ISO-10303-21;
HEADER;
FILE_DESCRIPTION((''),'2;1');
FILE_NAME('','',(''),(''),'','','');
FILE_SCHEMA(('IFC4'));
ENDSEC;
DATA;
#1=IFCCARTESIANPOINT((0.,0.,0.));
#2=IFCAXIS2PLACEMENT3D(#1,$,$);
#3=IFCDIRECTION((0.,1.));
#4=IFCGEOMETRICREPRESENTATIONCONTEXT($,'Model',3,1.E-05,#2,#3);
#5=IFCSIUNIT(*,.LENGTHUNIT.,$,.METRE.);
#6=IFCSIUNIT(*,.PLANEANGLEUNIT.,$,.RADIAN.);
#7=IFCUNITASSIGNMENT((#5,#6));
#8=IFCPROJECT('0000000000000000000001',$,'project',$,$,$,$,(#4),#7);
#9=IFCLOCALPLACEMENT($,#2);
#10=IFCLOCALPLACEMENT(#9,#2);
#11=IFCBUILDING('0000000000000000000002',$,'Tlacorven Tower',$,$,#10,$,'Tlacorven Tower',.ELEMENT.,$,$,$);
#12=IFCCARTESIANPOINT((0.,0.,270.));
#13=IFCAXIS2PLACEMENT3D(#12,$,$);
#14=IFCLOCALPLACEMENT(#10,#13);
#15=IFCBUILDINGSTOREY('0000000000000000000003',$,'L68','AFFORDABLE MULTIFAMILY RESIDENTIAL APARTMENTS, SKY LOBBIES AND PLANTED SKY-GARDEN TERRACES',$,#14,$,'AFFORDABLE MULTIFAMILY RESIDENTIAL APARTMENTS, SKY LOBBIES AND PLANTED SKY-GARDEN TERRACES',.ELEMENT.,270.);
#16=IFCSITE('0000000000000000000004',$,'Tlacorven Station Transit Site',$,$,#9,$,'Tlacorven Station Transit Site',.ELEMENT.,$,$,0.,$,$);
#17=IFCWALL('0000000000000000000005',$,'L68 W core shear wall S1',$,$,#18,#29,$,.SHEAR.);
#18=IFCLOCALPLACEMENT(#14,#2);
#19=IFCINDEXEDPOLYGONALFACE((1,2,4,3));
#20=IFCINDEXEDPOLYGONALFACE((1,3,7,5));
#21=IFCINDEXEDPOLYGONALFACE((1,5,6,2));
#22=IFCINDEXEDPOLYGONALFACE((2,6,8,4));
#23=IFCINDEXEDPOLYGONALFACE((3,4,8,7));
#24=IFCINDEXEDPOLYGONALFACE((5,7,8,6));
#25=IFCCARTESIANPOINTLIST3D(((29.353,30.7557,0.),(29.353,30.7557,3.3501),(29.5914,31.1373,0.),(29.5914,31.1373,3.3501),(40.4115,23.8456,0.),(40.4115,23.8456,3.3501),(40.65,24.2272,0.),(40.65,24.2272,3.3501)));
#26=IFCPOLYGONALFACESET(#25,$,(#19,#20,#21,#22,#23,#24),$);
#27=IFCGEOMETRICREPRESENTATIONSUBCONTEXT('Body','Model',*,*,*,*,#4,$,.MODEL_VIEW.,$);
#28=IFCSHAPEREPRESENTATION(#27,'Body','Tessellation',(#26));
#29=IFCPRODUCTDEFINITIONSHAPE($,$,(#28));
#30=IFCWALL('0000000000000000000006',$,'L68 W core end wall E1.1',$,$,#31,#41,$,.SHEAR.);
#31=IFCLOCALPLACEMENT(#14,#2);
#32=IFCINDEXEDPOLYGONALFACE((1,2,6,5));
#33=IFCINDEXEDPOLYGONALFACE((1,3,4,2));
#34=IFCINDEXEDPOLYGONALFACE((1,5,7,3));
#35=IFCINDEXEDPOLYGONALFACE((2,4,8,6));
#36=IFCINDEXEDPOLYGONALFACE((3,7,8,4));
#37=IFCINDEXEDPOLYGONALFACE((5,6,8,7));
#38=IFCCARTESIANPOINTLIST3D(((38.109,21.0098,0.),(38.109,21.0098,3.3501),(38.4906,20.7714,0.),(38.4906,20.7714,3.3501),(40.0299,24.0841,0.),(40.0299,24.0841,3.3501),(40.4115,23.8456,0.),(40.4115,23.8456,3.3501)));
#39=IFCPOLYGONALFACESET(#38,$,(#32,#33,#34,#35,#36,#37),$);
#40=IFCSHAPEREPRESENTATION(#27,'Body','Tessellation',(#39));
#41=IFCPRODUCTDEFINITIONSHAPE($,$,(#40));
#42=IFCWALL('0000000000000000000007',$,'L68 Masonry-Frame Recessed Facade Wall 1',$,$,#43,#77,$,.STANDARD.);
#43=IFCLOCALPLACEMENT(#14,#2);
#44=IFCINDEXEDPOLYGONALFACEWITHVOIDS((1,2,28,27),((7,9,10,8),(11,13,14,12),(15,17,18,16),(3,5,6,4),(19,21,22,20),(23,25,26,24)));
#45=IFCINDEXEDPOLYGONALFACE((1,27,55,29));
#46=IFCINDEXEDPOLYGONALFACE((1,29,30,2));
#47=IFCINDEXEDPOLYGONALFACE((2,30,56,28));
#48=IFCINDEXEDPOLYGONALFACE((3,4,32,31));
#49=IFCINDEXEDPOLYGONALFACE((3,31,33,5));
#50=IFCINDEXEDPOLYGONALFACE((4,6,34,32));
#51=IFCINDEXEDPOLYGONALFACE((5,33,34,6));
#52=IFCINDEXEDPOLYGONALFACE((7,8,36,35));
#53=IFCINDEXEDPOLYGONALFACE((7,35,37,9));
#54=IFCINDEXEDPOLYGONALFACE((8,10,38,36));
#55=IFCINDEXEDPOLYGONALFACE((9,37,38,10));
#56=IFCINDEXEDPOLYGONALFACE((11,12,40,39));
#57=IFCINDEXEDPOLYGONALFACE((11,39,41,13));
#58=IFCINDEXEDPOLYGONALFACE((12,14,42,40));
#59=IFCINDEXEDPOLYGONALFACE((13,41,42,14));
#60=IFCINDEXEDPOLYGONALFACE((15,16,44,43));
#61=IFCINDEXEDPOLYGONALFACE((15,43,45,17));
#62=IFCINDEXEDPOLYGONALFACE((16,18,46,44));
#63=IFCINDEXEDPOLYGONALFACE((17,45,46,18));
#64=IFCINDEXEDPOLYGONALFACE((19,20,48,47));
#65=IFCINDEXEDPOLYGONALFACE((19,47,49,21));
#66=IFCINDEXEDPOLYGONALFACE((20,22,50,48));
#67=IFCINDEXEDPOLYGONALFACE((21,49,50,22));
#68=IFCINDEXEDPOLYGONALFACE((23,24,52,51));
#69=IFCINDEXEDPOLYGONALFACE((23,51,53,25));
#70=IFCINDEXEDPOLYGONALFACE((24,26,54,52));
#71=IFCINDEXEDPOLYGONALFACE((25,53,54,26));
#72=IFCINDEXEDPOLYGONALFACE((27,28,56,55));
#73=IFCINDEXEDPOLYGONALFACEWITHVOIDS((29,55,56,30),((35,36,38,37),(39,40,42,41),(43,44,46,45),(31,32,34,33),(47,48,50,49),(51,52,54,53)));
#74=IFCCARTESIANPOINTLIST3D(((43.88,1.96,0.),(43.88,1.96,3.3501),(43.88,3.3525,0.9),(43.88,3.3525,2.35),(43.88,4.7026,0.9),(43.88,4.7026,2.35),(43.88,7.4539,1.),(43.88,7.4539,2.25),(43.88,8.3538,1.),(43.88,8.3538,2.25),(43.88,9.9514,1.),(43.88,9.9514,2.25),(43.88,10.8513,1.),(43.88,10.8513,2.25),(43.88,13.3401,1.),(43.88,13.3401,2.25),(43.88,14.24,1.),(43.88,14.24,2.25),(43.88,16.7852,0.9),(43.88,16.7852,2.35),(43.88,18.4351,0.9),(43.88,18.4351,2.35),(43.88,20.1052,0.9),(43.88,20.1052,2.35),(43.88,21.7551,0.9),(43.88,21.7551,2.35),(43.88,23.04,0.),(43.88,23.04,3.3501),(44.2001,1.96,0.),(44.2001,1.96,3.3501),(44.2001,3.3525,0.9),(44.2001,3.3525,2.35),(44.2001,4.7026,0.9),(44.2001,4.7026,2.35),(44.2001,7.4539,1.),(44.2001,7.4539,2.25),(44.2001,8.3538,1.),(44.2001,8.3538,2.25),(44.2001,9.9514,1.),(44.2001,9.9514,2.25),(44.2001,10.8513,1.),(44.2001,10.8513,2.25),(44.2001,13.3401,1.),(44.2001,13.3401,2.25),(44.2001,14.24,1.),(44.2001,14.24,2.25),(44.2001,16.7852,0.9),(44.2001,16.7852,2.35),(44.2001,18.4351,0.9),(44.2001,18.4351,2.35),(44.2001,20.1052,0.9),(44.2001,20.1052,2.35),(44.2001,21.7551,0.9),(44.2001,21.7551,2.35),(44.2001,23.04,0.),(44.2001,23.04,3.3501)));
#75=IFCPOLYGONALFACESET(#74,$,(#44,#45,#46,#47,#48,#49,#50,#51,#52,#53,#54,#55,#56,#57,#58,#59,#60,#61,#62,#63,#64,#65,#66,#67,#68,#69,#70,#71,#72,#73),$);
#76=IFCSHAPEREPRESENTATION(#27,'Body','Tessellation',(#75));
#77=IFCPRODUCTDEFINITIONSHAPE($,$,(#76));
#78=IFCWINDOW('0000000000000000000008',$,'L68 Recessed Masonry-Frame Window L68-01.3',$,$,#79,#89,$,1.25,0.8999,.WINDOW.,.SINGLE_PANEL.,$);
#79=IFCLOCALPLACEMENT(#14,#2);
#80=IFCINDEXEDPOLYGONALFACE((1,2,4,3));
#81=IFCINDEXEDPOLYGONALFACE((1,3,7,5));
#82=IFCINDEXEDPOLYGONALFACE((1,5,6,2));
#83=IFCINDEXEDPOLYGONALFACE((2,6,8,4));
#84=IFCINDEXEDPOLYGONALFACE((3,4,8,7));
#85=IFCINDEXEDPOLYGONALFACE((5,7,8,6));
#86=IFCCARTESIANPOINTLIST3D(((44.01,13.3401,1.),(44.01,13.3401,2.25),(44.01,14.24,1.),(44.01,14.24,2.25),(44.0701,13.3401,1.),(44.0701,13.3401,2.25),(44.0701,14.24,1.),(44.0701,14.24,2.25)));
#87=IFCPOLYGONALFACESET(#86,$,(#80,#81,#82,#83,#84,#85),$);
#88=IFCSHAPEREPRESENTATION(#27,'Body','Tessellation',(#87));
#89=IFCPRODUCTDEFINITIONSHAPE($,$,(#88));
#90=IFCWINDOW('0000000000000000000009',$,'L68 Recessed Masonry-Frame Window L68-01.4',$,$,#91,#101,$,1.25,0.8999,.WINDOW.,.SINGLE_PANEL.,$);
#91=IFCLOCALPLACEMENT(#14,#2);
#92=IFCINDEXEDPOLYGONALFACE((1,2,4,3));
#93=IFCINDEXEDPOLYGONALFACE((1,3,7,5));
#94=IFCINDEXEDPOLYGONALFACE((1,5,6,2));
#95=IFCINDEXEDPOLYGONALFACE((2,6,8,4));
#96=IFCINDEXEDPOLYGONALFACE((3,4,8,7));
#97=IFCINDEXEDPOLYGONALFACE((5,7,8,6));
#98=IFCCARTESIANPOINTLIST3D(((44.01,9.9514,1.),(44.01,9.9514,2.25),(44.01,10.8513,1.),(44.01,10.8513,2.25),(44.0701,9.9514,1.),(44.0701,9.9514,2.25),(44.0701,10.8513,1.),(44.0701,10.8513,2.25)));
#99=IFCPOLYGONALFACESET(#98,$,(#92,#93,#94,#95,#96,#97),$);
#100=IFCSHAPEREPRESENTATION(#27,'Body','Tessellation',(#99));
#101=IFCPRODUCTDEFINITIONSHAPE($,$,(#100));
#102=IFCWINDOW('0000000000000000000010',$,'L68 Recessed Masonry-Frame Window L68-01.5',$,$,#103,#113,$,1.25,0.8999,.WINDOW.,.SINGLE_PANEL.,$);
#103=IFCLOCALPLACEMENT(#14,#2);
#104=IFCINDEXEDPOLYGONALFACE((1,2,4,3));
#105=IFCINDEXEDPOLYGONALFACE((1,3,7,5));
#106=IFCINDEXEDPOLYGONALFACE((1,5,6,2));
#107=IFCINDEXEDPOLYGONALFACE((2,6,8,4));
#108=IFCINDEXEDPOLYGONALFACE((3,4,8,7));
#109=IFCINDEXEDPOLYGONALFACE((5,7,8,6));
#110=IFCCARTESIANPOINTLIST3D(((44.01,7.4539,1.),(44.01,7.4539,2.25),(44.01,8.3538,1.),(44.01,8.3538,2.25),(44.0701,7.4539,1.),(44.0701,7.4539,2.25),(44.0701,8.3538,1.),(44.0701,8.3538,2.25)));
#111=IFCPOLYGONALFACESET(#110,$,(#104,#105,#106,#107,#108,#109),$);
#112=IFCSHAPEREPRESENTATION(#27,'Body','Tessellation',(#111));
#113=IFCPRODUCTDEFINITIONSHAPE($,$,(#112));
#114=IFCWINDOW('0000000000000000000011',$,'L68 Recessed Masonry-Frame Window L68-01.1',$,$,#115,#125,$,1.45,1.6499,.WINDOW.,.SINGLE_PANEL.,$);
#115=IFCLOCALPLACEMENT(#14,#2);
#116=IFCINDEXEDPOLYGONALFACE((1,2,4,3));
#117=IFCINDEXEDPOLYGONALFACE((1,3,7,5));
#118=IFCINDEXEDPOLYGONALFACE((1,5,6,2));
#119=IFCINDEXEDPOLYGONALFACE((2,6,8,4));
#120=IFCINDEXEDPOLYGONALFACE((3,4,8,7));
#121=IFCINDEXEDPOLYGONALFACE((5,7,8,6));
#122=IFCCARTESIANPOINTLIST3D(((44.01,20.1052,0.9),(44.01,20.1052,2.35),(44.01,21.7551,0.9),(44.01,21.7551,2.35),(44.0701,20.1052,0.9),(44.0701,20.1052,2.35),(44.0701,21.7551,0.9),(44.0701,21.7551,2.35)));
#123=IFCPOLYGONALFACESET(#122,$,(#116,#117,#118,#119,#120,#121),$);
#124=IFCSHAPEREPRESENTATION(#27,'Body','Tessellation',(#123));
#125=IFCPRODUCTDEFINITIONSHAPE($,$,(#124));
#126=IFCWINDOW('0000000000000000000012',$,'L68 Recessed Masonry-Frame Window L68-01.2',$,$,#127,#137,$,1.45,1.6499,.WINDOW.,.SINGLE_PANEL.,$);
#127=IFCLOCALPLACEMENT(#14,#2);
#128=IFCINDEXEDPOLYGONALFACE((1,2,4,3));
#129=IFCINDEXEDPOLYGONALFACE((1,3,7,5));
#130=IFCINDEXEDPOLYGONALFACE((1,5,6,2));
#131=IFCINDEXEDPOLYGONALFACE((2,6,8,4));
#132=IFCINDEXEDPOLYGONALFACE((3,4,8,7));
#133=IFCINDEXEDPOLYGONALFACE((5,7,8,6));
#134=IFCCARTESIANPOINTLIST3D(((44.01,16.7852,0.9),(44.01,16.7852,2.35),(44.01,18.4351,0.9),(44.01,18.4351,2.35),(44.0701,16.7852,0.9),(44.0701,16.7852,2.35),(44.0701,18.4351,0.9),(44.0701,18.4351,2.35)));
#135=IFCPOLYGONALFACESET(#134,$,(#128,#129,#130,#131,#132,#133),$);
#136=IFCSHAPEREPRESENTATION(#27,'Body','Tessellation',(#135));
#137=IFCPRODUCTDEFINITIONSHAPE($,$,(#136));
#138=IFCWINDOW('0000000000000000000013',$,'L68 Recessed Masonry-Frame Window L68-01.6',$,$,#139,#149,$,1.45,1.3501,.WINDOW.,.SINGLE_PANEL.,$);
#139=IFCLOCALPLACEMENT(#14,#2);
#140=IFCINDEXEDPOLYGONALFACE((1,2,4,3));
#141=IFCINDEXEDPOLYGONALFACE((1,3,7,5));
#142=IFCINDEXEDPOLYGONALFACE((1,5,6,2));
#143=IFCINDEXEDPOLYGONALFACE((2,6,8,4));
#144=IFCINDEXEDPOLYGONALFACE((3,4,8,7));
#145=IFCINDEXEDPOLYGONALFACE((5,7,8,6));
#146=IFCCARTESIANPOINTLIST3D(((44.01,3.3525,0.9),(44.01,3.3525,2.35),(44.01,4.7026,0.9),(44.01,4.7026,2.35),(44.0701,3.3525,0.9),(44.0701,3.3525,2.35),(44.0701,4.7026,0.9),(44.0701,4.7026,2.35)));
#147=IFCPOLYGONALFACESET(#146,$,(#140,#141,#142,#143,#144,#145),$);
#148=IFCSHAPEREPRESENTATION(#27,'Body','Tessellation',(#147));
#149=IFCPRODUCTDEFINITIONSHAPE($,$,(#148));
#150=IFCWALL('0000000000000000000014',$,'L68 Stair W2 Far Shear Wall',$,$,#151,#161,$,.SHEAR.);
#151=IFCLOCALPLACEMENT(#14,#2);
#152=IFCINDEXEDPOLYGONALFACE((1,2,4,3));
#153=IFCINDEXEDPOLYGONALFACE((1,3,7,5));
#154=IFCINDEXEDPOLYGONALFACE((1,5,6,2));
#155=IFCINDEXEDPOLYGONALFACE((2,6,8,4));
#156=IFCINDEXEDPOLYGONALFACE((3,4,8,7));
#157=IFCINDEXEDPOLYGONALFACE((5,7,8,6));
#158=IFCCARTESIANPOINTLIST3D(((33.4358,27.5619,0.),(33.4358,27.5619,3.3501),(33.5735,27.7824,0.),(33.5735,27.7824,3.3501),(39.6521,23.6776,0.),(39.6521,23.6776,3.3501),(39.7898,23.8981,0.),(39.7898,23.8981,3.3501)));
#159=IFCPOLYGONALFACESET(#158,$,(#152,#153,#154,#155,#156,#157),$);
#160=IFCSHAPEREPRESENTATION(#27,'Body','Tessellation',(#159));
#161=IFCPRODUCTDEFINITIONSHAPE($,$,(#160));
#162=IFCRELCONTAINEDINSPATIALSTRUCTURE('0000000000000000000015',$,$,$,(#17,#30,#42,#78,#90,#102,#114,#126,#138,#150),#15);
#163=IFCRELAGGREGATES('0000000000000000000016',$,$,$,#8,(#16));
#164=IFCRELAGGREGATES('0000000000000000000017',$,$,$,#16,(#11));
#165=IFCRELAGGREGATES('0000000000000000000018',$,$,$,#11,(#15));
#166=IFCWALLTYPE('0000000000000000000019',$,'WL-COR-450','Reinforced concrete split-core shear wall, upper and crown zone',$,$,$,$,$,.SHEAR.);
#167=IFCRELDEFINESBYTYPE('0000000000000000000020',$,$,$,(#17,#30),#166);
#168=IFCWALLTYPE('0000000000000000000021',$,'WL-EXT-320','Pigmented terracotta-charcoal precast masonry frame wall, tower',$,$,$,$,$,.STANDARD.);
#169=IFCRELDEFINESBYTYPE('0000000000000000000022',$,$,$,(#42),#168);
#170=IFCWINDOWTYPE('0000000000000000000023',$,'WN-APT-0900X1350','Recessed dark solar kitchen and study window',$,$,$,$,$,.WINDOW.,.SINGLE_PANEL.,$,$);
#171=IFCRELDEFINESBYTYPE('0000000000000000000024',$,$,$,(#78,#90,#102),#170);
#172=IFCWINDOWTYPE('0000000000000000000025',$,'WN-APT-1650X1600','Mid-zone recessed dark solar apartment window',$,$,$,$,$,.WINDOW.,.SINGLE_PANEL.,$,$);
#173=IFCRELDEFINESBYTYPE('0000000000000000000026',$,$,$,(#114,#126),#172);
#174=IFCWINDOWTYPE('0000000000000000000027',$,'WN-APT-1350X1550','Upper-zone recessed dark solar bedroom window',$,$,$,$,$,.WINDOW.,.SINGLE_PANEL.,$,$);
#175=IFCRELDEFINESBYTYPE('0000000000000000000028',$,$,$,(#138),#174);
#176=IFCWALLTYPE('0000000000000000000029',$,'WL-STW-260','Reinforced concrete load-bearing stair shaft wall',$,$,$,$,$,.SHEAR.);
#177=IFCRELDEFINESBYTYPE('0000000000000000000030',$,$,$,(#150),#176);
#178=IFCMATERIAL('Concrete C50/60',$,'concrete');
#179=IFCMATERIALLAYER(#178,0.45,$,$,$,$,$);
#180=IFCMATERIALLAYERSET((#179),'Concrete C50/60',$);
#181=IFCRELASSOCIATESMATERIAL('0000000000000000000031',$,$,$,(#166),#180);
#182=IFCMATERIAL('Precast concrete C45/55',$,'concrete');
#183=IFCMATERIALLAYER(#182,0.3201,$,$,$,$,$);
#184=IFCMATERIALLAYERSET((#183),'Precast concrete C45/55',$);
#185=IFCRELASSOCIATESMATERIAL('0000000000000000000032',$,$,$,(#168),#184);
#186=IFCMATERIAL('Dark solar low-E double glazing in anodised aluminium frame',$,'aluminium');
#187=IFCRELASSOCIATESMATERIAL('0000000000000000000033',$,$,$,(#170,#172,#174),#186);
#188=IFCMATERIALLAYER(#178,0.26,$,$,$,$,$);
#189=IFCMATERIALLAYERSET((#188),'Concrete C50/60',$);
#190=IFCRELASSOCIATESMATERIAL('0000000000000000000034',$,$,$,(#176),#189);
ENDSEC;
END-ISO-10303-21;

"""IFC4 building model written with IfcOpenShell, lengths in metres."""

from ifc_helpers import new_model, si_unit, direction, frame, frame_2d, origin, place, context, subcontext, project, spatial, rectangle, extrude, source, transform, mapped, material, layer, layer_set, type_object, element, fill, save


model = new_model("IFC4")

# Units and contexts
model_context = context("Model", 3, precision=1e-05, world=origin(), true_north=direction((0.0, 1.0)))
body_context = subcontext(model_context, "Body", "Model", "MODEL_VIEW")
ifc_project = project(units=[si_unit("LENGTHUNIT", "METRE"), si_unit("PLANEANGLEUNIT", "RADIAN")], contexts=[model_context])

# Site, building, storey
site_placement = place(None, origin())
site = spatial("IfcSite", under=ifc_project, at=site_placement, Name="Tlacorven Station Transit Site", LongName="Tlacorven Station Transit Site", CompositionType="ELEMENT", RefElevation=0.0)
building_placement = place(site_placement, origin())
building = spatial("IfcBuilding", under=site, at=building_placement, Name="Tlacorven Tower", LongName="Tlacorven Tower", CompositionType="ELEMENT")
storey_placement = place(building_placement, frame((0.0, 0.0, 270.0)))
storey = spatial("IfcBuildingStorey", under=building, at=storey_placement, Name="L68", Description="AFFORDABLE MULTIFAMILY RESIDENTIAL APARTMENTS, SKY LOBBIES AND PLANTED SKY-GARDEN TERRACES", LongName="AFFORDABLE MULTIFAMILY RESIDENTIAL APARTMENTS, SKY LOBBIES AND PLANTED SKY-GARDEN TERRACES", CompositionType="ELEMENT", Elevation=270.0)

# Walls
ifc_material_1 = material(Name="Concrete C50/60", Category="concrete")
ifc_layer_1 = layer(ifc_material_1, 0.45)
ifc_layer_set_1 = layer_set([ifc_layer_1], Name="Concrete C50/60")
wall_type_1 = type_object("IfcWallType", Name="WL-COR-450", Description="Reinforced concrete split-core shear wall, upper and crown zone", PredefinedType="SHEAR", material=ifc_layer_set_1)
wall_1_placement = place(storey_placement, frame((40.5308, 24.0364, 0.0), z_axis=(0.0, 0.0, 1.0), x_axis=(-0.848049, 0.529918, 0.0)))
element("IfcWall", 1, at=wall_1_placement, inside=storey, type_object=wall_type_1, Name="L68 W core shear wall S1", PredefinedType="SHEAR", context=body_context, shape_type="SweptSolid", body=[
    extrude(rectangle(XDim=13.04, YDim=0.45, at=frame_2d((6.52, 0.0))), origin(), (0.0, 0.0, 1.0), 3.3501),
])
wall_2_placement = place(storey_placement, frame((40.2207, 23.9648, 0.0), z_axis=(0.0, 0.0, 1.0), x_axis=(-0.529902, -0.848059, 0.0)))
element("IfcWall", 2, at=wall_2_placement, inside=storey, type_object=wall_type_1, Name="L68 W core end wall E1.1", PredefinedType="SHEAR", context=body_context, shape_type="SweptSolid", body=[
    extrude(rectangle(XDim=3.625, YDim=0.45, at=frame_2d((1.8125, 0.0))), origin(), (0.0, 0.0, 1.0), 3.3501),
])

# Wall, openings, windows
ifc_material_2 = material(Name="Precast concrete C45/55", Category="concrete")
ifc_layer_2 = layer(ifc_material_2, 0.3201)
ifc_layer_set_2 = layer_set([ifc_layer_2], Name="Precast concrete C45/55")
wall_type_2 = type_object("IfcWallType", Name="WL-EXT-320", Description="Pigmented terracotta-charcoal precast masonry frame wall, tower", PredefinedType="STANDARD", material=ifc_layer_set_2)
wall_3_placement = place(storey_placement, frame((44.04, 23.04, 0.0), z_axis=(0.0, 0.0, 1.0), x_axis=(0.0, -1.0, 0.0)))
wall_3 = element("IfcWall", 3, at=wall_3_placement, inside=storey, type_object=wall_type_2, Name="L68 Masonry-Frame Recessed Facade Wall 1", PredefinedType="STANDARD", context=body_context, shape_type="SweptSolid", body=[
    extrude(rectangle(XDim=21.0801, YDim=0.3201, at=frame_2d((10.54, 0.0))), origin(), (0.0, 0.0, 1.0), 3.3501),
])
opening_1_placement = place(wall_3_placement, frame((1.2849, 0.0, 0.8999)))
opening_1 = element("IfcOpeningElement", 4, at=opening_1_placement, cuts=wall_3, PredefinedType="OPENING", context=body_context, shape_type="SweptSolid", body=[
    extrude(rectangle(XDim=1.6499, YDim=1.45, at=frame_2d((0.825, 0.7251))), frame((0.0, 0.1699, 0.0), z_axis=(0.0, -1.0, 0.0), x_axis=(1.0, 0.0, 0.0)), (0.0, 0.0, 1.0), 0.3401),
])
opening_2_placement = place(wall_3_placement, frame((4.605, 0.0, 0.8999)))
opening_2 = element("IfcOpeningElement", 5, at=opening_2_placement, cuts=wall_3, PredefinedType="OPENING", context=body_context, shape_type="SweptSolid", body=[
    extrude(rectangle(XDim=1.6499, YDim=1.45, at=frame_2d((0.825, 0.7251))), frame((0.0, 0.1699, 0.0), z_axis=(0.0, -1.0, 0.0), x_axis=(1.0, 0.0, 0.0)), (0.0, 0.0, 1.0), 0.3401),
])
opening_3_placement = place(wall_3_placement, frame((8.8, 0.0, 1.0)))
opening_3 = element("IfcOpeningElement", 6, at=opening_3_placement, cuts=wall_3, PredefinedType="OPENING", context=body_context, shape_type="SweptSolid", body=[
    extrude(rectangle(XDim=0.8999, YDim=1.25, at=frame_2d((0.45, 0.625))), frame((0.0, 0.1699, 0.0), z_axis=(0.0, -1.0, 0.0), x_axis=(1.0, 0.0, 0.0)), (0.0, 0.0, 1.0), 0.3401),
])
opening_4_placement = place(wall_3_placement, frame((12.1887, 0.0, 1.0)))
opening_4 = element("IfcOpeningElement", 7, at=opening_4_placement, cuts=wall_3, PredefinedType="OPENING", context=body_context, shape_type="SweptSolid", body=[
    extrude(rectangle(XDim=0.8999, YDim=1.25, at=frame_2d((0.45, 0.625))), frame((0.0, 0.1699, 0.0), z_axis=(0.0, -1.0, 0.0), x_axis=(1.0, 0.0, 0.0)), (0.0, 0.0, 1.0), 0.3401),
])
opening_5_placement = place(wall_3_placement, frame((14.6863, 0.0, 1.0)))
opening_5 = element("IfcOpeningElement", 8, at=opening_5_placement, cuts=wall_3, PredefinedType="OPENING", context=body_context, shape_type="SweptSolid", body=[
    extrude(rectangle(XDim=0.8999, YDim=1.25, at=frame_2d((0.45, 0.625))), frame((0.0, 0.1699, 0.0), z_axis=(0.0, -1.0, 0.0), x_axis=(1.0, 0.0, 0.0)), (0.0, 0.0, 1.0), 0.3401),
])
opening_6_placement = place(wall_3_placement, frame((18.3374, 0.0, 0.8999)))
opening_6 = element("IfcOpeningElement", 9, at=opening_6_placement, cuts=wall_3, PredefinedType="OPENING", context=body_context, shape_type="SweptSolid", body=[
    extrude(rectangle(XDim=1.3501, YDim=1.45, at=frame_2d((0.675, 0.7251))), frame((0.0, 0.1699, 0.0), z_axis=(0.0, -1.0, 0.0), x_axis=(1.0, 0.0, 0.0)), (0.0, 0.0, 1.0), 0.3401),
])
ifc_material_3 = material(Name="Dark solar low-E double glazing in anodised aluminium frame", Category="aluminium")
window_type_1 = type_object("IfcWindowType", Name="WN-APT-0900X1350", Description="Recessed dark solar kitchen and study window", PartitioningType="SINGLE_PANEL", PredefinedType="WINDOW", material=ifc_material_3)
shared_shape_1 = source(origin(), body_context, "Body", "SweptSolid", [
    extrude(rectangle(XDim=0.8999, YDim=1.25, at=frame_2d((0.45, 0.625))), frame((0.0, 0.03, 0.0), z_axis=(0.0, -1.0, 0.0), x_axis=(1.0, 0.0, 0.0)), (0.0, 0.0, 1.0), 0.0601),
])
window_1_placement = place(opening_3_placement, origin())
window_1 = element("IfcWindow", 10, at=window_1_placement, inside=storey, type_object=window_type_1, Name="L68 Recessed Masonry-Frame Window L68-01.3", OverallHeight=1.25, OverallWidth=0.8999, PartitioningType="SINGLE_PANEL", PredefinedType="WINDOW", context=body_context, shape_type="MappedRepresentation", body=[
    mapped(shared_shape_1, transform((0.0, 0.0, 0.0), scale=1.0)),
])
fill(opening_3, window_1)
window_2_placement = place(opening_4_placement, origin())
window_2 = element("IfcWindow", 11, at=window_2_placement, inside=storey, type_object=window_type_1, Name="L68 Recessed Masonry-Frame Window L68-01.4", OverallHeight=1.25, OverallWidth=0.8999, PartitioningType="SINGLE_PANEL", PredefinedType="WINDOW", context=body_context, shape_type="MappedRepresentation", body=[
    mapped(shared_shape_1, transform((0.0, 0.0, 0.0), scale=1.0)),
])
fill(opening_4, window_2)
window_3_placement = place(opening_5_placement, origin())
window_3 = element("IfcWindow", 12, at=window_3_placement, inside=storey, type_object=window_type_1, Name="L68 Recessed Masonry-Frame Window L68-01.5", OverallHeight=1.25, OverallWidth=0.8999, PartitioningType="SINGLE_PANEL", PredefinedType="WINDOW", context=body_context, shape_type="MappedRepresentation", body=[
    mapped(shared_shape_1, transform((0.0, 0.0, 0.0), scale=1.0)),
])
fill(opening_5, window_3)
window_type_2 = type_object("IfcWindowType", Name="WN-APT-1650X1600", Description="Mid-zone recessed dark solar apartment window", PartitioningType="SINGLE_PANEL", PredefinedType="WINDOW", material=ifc_material_3)
shared_shape_2 = source(origin(), body_context, "Body", "SweptSolid", [
    extrude(rectangle(XDim=1.6499, YDim=1.45, at=frame_2d((0.825, 0.7251))), frame((0.0, 0.03, 0.0), z_axis=(0.0, -1.0, 0.0), x_axis=(1.0, 0.0, 0.0)), (0.0, 0.0, 1.0), 0.0601),
])
window_4_placement = place(opening_1_placement, origin())
window_4 = element("IfcWindow", 13, at=window_4_placement, inside=storey, type_object=window_type_2, Name="L68 Recessed Masonry-Frame Window L68-01.1", OverallHeight=1.45, OverallWidth=1.6499, PartitioningType="SINGLE_PANEL", PredefinedType="WINDOW", context=body_context, shape_type="MappedRepresentation", body=[
    mapped(shared_shape_2, transform((0.0, 0.0, 0.0), scale=1.0)),
])
fill(opening_1, window_4)
window_5_placement = place(opening_2_placement, origin())
window_5 = element("IfcWindow", 14, at=window_5_placement, inside=storey, type_object=window_type_2, Name="L68 Recessed Masonry-Frame Window L68-01.2", OverallHeight=1.45, OverallWidth=1.6499, PartitioningType="SINGLE_PANEL", PredefinedType="WINDOW", context=body_context, shape_type="MappedRepresentation", body=[
    mapped(shared_shape_2, transform((0.0, 0.0, 0.0), scale=1.0)),
])
fill(opening_2, window_5)
window_type_3 = type_object("IfcWindowType", Name="WN-APT-1350X1550", Description="Upper-zone recessed dark solar bedroom window", PartitioningType="SINGLE_PANEL", PredefinedType="WINDOW", material=ifc_material_3)
shared_shape_3 = source(origin(), body_context, "Body", "SweptSolid", [
    extrude(rectangle(XDim=1.3501, YDim=1.45, at=frame_2d((0.675, 0.7251))), frame((0.0, 0.03, 0.0), z_axis=(0.0, -1.0, 0.0), x_axis=(1.0, 0.0, 0.0)), (0.0, 0.0, 1.0), 0.0601),
])
window_6_placement = place(opening_6_placement, origin())
window_6 = element("IfcWindow", 15, at=window_6_placement, inside=storey, type_object=window_type_3, Name="L68 Recessed Masonry-Frame Window L68-01.6", OverallHeight=1.45, OverallWidth=1.3501, PartitioningType="SINGLE_PANEL", PredefinedType="WINDOW", context=body_context, shape_type="MappedRepresentation", body=[
    mapped(shared_shape_3, transform((0.0, 0.0, 0.0), scale=1.0)),
])
fill(opening_6, window_6)

# Wall
ifc_layer_3 = layer(ifc_material_1, 0.26)
ifc_layer_set_3 = layer_set([ifc_layer_3], Name="Concrete C50/60")
wall_type_3 = type_object("IfcWallType", Name="WL-STW-260", Description="Reinforced concrete load-bearing stair shaft wall", PredefinedType="SHEAR", material=ifc_layer_set_3)
wall_4_placement = place(storey_placement, frame((39.7209, 23.7878, 0.0), z_axis=(0.0, 0.0, 1.0), x_axis=(-0.848054, 0.529909, 0.0)))
element("IfcWall", 16, at=wall_4_placement, inside=storey, type_object=wall_type_3, Name="L68 Stair W2 Far Shear Wall", PredefinedType="SHEAR", context=body_context, shape_type="SweptSolid", body=[
    extrude(rectangle(XDim=7.3301, YDim=0.26, at=frame_2d((3.665, 0.0))), origin(), (0.0, 0.0, 1.0), 3.3501),
])

save(model, "model.ifc")
